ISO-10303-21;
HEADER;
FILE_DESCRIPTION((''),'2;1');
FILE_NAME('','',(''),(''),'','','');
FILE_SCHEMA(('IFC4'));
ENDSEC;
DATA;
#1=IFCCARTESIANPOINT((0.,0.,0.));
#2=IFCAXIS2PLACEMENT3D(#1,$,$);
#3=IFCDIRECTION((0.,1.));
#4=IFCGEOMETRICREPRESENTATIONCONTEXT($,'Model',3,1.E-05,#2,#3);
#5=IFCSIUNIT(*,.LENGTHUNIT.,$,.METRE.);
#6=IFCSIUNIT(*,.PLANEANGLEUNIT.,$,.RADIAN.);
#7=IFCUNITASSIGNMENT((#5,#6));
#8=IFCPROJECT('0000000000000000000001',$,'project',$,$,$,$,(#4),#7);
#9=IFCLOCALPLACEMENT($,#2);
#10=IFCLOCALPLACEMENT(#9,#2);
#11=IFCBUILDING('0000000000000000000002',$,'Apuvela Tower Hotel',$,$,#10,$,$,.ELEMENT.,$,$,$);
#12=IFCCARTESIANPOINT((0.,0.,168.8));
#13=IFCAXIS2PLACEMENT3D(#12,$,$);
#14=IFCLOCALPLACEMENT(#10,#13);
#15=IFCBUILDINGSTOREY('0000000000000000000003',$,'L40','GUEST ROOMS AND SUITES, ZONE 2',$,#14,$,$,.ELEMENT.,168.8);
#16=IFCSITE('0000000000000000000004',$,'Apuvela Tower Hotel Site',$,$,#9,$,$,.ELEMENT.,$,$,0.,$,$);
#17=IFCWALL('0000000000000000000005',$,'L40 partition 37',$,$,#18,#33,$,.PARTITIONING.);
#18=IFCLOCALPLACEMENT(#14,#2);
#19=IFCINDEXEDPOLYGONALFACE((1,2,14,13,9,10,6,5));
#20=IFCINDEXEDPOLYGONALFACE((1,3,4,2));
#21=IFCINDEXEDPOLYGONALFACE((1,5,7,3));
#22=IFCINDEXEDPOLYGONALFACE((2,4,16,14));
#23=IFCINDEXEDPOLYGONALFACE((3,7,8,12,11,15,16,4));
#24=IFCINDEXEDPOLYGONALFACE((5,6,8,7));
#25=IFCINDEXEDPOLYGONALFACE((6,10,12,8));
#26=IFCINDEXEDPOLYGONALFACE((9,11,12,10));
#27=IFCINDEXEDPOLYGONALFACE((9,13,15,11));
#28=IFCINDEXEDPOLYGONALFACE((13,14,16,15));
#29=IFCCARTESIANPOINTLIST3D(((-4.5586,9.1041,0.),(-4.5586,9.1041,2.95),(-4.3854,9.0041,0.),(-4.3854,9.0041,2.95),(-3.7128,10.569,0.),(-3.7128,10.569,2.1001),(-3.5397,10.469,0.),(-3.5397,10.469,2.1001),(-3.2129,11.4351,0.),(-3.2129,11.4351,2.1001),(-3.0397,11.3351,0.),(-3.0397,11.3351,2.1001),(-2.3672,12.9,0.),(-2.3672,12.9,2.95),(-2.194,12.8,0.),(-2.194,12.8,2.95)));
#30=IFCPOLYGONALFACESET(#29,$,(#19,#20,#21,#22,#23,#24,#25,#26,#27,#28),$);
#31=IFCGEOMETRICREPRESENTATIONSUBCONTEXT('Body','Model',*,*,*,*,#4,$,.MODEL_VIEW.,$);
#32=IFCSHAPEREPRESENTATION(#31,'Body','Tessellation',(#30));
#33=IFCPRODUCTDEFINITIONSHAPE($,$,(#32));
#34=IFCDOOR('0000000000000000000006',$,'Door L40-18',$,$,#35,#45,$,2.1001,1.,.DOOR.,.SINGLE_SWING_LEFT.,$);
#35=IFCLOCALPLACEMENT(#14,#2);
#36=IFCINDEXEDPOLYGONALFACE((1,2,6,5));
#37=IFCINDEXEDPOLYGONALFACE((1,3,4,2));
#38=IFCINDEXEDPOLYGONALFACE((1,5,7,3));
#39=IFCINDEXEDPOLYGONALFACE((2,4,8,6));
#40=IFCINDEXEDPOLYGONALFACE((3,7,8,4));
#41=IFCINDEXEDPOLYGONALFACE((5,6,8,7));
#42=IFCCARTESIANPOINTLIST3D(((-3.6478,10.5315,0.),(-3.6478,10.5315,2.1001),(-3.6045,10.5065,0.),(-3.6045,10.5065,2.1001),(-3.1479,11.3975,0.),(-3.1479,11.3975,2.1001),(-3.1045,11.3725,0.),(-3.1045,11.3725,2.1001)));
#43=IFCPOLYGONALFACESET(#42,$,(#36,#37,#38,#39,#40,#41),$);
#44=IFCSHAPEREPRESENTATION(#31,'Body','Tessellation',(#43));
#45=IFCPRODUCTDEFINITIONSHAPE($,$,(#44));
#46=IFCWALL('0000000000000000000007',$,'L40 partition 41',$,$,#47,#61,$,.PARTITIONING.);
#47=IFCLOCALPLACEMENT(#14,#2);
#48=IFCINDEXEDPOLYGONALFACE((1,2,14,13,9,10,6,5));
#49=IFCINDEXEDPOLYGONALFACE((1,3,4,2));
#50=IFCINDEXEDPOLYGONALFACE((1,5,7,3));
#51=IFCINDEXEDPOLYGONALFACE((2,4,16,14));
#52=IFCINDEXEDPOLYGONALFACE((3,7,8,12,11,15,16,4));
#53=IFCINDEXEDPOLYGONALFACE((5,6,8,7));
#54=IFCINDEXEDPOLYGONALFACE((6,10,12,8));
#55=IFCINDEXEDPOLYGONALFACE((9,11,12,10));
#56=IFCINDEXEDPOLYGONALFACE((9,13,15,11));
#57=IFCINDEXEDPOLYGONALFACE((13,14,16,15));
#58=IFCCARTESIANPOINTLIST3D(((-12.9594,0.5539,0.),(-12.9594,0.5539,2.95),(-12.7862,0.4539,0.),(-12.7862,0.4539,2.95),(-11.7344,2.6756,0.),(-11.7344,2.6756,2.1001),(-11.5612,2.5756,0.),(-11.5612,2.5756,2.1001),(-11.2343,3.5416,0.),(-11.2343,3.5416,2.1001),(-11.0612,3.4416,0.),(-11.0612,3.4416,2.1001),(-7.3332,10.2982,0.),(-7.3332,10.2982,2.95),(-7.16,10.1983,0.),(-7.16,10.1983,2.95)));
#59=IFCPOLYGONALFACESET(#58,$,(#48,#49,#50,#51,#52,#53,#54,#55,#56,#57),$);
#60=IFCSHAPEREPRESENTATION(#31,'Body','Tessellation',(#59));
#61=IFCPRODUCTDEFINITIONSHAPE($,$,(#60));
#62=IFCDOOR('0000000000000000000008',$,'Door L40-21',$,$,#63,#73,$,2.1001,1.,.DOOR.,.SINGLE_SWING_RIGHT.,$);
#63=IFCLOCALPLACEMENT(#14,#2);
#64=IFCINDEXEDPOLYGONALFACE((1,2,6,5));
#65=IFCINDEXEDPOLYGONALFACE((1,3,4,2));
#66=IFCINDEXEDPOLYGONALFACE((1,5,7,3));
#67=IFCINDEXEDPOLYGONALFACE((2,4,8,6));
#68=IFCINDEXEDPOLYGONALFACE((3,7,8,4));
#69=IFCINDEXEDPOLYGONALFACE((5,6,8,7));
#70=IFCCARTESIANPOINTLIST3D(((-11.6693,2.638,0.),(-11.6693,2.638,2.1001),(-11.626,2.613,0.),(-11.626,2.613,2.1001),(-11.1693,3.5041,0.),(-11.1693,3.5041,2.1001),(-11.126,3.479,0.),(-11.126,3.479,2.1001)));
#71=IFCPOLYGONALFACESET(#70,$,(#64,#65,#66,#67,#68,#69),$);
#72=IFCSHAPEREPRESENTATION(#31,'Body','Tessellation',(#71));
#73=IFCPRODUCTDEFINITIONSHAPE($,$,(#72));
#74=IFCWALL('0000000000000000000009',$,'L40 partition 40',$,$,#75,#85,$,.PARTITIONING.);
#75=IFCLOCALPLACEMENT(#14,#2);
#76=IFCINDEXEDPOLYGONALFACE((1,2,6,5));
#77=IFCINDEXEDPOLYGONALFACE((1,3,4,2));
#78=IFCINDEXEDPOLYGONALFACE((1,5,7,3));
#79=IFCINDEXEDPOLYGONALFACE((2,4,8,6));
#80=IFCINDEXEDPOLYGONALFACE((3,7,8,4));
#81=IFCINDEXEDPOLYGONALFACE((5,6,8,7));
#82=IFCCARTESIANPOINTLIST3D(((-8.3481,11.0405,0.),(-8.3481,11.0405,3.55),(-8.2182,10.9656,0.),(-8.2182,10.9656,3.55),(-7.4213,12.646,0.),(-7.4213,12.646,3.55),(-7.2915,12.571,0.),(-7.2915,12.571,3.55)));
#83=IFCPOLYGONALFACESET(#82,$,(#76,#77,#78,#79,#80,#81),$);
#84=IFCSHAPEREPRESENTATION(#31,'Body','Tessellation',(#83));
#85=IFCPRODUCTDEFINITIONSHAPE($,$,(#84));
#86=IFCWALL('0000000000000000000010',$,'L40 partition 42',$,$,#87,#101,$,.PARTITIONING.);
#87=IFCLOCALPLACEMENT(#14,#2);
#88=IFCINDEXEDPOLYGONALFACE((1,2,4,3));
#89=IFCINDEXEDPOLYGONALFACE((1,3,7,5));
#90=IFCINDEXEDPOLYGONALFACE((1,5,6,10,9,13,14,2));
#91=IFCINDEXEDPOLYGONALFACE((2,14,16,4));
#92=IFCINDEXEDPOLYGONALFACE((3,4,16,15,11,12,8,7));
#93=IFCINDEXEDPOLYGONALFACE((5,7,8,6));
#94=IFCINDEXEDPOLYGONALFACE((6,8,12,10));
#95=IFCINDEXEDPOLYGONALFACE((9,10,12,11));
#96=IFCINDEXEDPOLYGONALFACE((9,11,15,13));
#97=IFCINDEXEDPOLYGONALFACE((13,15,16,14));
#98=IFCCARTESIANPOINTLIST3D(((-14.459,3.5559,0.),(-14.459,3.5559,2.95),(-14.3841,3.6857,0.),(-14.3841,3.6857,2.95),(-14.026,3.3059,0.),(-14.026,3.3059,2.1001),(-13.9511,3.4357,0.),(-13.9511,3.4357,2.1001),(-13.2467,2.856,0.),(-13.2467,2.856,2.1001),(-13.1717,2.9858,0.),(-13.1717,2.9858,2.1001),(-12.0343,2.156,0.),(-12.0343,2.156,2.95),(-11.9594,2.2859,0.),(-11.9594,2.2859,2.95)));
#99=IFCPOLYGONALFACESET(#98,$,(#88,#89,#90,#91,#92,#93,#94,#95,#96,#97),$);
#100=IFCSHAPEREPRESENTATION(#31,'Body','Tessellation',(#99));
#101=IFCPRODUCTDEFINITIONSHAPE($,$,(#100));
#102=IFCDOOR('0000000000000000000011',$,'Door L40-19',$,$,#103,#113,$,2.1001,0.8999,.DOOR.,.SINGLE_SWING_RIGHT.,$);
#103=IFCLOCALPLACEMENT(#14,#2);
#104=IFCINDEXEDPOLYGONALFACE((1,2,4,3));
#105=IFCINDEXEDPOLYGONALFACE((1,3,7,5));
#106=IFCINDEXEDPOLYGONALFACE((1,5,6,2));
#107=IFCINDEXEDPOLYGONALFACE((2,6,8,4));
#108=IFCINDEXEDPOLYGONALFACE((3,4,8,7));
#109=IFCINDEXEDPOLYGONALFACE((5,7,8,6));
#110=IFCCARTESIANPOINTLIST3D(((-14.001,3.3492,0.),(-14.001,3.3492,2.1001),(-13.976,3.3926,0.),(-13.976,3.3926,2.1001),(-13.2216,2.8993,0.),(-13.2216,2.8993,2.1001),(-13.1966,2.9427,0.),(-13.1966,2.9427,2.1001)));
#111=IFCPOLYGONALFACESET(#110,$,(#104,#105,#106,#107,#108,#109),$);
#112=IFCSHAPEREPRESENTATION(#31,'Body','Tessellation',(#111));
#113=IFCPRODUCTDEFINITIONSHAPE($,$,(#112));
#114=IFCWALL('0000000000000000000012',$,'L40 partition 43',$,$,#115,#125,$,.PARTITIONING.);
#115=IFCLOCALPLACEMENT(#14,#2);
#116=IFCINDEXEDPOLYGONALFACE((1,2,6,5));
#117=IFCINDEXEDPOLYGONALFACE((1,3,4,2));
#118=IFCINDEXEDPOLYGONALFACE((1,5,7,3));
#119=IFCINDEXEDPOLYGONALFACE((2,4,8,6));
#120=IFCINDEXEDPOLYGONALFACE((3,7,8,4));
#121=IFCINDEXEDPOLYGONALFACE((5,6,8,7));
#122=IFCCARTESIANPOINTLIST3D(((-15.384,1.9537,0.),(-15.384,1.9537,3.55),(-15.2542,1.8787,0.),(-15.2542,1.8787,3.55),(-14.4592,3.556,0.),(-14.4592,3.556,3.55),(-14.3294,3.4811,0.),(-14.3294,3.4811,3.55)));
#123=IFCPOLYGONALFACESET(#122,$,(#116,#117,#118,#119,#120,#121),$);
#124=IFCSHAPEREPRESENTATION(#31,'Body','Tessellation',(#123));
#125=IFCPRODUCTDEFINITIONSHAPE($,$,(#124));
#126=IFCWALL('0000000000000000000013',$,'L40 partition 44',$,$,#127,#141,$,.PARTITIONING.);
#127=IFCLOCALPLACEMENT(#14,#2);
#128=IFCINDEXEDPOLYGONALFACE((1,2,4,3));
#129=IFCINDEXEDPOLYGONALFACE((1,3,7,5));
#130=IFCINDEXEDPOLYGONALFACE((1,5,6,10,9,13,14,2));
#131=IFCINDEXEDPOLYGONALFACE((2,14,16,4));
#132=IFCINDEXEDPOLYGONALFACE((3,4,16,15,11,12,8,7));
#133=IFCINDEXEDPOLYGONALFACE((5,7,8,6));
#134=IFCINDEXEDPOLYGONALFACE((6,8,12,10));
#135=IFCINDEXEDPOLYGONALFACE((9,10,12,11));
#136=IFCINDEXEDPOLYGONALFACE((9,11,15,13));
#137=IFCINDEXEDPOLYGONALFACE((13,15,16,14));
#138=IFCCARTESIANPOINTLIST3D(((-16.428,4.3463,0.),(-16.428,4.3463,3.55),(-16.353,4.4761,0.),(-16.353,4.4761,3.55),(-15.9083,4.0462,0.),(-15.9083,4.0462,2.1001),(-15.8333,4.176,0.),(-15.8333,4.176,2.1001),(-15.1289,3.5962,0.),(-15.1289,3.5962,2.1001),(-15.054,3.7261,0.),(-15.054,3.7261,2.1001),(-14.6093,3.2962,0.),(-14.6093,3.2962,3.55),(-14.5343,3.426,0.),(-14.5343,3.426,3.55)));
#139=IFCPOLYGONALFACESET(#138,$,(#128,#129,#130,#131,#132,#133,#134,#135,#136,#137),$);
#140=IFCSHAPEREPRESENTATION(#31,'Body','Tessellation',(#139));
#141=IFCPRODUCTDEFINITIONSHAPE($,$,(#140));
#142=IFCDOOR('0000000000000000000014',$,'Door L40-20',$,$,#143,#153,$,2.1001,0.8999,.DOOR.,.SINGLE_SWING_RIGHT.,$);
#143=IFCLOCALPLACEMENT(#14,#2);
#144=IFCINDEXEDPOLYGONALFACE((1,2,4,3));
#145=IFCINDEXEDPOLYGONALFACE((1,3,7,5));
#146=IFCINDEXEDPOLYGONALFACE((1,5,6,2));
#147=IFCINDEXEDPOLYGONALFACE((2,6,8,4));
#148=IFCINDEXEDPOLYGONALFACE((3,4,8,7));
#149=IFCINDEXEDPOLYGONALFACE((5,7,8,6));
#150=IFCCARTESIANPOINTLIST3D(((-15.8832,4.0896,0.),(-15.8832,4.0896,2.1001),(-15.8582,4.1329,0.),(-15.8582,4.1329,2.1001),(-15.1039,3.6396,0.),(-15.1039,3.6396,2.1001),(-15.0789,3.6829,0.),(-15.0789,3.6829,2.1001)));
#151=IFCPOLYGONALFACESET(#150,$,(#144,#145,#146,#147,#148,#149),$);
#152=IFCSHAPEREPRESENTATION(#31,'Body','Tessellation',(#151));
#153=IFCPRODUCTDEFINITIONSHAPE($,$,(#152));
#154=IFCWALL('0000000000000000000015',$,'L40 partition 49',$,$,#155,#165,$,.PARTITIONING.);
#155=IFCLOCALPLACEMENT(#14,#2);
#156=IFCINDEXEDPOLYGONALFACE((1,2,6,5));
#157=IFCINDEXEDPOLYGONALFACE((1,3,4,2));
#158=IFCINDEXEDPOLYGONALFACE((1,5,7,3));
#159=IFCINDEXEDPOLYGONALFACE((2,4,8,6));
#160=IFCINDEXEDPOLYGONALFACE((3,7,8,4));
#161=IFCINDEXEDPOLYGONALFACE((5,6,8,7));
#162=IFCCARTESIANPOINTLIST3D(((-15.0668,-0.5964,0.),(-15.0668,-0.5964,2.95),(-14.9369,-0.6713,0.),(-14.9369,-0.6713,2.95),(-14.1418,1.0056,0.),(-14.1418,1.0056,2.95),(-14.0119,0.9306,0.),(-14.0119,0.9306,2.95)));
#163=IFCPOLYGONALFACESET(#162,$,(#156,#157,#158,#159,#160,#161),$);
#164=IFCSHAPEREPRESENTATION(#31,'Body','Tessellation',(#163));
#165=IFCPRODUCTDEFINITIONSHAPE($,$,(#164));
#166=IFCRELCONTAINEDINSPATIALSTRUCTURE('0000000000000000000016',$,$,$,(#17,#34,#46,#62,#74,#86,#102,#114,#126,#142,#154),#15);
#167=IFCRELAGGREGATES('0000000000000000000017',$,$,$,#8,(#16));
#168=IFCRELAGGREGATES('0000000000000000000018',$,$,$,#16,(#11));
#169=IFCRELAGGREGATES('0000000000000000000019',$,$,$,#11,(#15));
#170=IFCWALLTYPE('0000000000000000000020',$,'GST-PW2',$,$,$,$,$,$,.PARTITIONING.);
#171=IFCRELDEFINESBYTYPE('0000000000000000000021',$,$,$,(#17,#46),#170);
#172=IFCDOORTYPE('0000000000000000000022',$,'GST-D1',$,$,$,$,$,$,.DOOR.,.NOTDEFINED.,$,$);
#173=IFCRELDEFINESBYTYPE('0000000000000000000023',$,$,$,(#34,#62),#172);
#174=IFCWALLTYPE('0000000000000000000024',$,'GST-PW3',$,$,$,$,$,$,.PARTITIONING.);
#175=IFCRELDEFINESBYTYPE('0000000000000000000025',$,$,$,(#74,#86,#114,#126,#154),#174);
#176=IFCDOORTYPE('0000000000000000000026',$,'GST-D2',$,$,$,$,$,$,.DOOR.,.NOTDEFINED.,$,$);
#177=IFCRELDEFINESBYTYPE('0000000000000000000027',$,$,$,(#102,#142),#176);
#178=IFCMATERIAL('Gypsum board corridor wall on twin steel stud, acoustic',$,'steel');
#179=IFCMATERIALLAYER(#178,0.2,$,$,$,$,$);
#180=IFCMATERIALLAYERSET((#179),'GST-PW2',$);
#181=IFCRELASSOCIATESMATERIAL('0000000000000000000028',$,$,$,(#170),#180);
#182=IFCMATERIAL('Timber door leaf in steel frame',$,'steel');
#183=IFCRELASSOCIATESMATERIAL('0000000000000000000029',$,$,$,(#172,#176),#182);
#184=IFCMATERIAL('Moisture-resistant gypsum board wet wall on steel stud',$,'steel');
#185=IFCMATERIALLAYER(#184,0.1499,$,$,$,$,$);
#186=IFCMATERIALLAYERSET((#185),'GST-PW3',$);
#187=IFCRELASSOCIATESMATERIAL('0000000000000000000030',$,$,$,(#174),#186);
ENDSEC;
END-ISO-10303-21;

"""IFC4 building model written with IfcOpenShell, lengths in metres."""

from ifc_helpers import new_model, si_unit, direction, frame, frame_2d, origin, place, context, subcontext, project, spatial, rectangle, extrude, material, layer, layer_set, type_object, element, fill, save


model = new_model("IFC4")

# Units and contexts
model_context = context("Model", 3, precision=1e-05, world=origin(), true_north=direction((0.0, 1.0)))
body_context = subcontext(model_context, "Body", "Model", "MODEL_VIEW")
ifc_project = project(units=[si_unit("LENGTHUNIT", "METRE"), si_unit("PLANEANGLEUNIT", "RADIAN")], contexts=[model_context])

# Site, building, storey
site_placement = place(None, origin())
site = spatial("IfcSite", under=ifc_project, at=site_placement, Name="Apuvela Tower Hotel Site", CompositionType="ELEMENT", RefElevation=0.0)
building_placement = place(site_placement, origin())
building = spatial("IfcBuilding", under=site, at=building_placement, Name="Apuvela Tower Hotel", CompositionType="ELEMENT")
storey_placement = place(building_placement, frame((0.0, 0.0, 168.8)))
storey = spatial("IfcBuildingStorey", under=building, at=storey_placement, Name="L40", Description="GUEST ROOMS AND SUITES, ZONE 2", CompositionType="ELEMENT", Elevation=168.8)

# Walls, openings, doors
ifc_material_1 = material(Name="Gypsum board corridor wall on twin steel stud, acoustic", Category="steel")
ifc_layer_1 = layer(ifc_material_1, 0.2)
ifc_layer_set_1 = layer_set([ifc_layer_1], Name="GST-PW2")
wall_type_1 = type_object("IfcWallType", Name="GST-PW2", PredefinedType="PARTITIONING", material=ifc_layer_set_1)
wall_1_placement = place(storey_placement, frame((-4.4719, 9.0542, 0.0), z_axis=(0.0, 0.0, 1.0), x_axis=(0.499973, 0.866041, 0.0)))
wall_1 = element("IfcWall", 1, at=wall_1_placement, inside=storey, type_object=wall_type_1, Name="L40 partition 37", PredefinedType="PARTITIONING", context=body_context, shape_type="SweptSolid", body=[
    extrude(rectangle(XDim=4.3831, YDim=0.2, at=frame_2d((2.1914, 0.0))), origin(), (0.0, 0.0, 1.0), 2.95),
])
opening_1_placement = place(wall_1_placement, frame((1.6914, 0.0, 0.0)))
opening_1 = element("IfcOpeningElement", 2, at=opening_1_placement, cuts=wall_1, PredefinedType="OPENING", context=body_context, shape_type="SweptSolid", body=[
    extrude(rectangle(XDim=1.0, YDim=2.1001, at=frame_2d((0.5, 1.05))), frame((0.0, 0.1099, 0.0), z_axis=(0.0, -1.0, 0.0), x_axis=(1.0, 0.0, 0.0)), (0.0, 0.0, 1.0), 0.22),
])
ifc_material_2 = material(Name="Timber door leaf in steel frame", Category="steel")
door_type_1 = type_object("IfcDoorType", Name="GST-D1", OperationType="NOTDEFINED", PredefinedType="DOOR", material=ifc_material_2)
door_1_placement = place(opening_1_placement, origin())
door_1 = element("IfcDoor", 3, at=door_1_placement, inside=storey, type_object=door_type_1, Name="Door L40-18", OperationType="SINGLE_SWING_LEFT", OverallHeight=2.1001, OverallWidth=1.0, PredefinedType="DOOR", context=body_context, shape_type="SweptSolid", body=[
    extrude(rectangle(XDim=1.0, YDim=2.1001, at=frame_2d((0.5, 1.05))), frame((0.0, 0.0249, 0.0), z_axis=(0.0, -1.0, 0.0), x_axis=(1.0, 0.0, 0.0)), (0.0, 0.0, 1.0), 0.05),
])
fill(opening_1, door_1)
wall_2_placement = place(storey_placement, frame((-12.8728, 0.5039, 0.0), z_axis=(0.0, 0.0, 1.0), x_axis=(0.50002, 0.866014, 0.0)))
wall_2 = element("IfcWall", 4, at=wall_2_placement, inside=storey, type_object=wall_type_1, Name="L40 partition 41", PredefinedType="PARTITIONING", context=body_context, shape_type="SweptSolid", body=[
    extrude(rectangle(XDim=11.252, YDim=0.2, at=frame_2d((5.626, 0.0))), origin(), (0.0, 0.0, 1.0), 2.95),
])
opening_2_placement = place(wall_2_placement, frame((2.45, 0.0, 0.0)))
opening_2 = element("IfcOpeningElement", 5, at=opening_2_placement, cuts=wall_2, PredefinedType="OPENING", context=body_context, shape_type="SweptSolid", body=[
    extrude(rectangle(XDim=1.0, YDim=2.1001, at=frame_2d((0.5, 1.05))), frame((0.0, 0.1099, 0.0), z_axis=(0.0, -1.0, 0.0), x_axis=(1.0, 0.0, 0.0)), (0.0, 0.0, 1.0), 0.22),
])
door_2_placement = place(opening_2_placement, origin())
door_2 = element("IfcDoor", 6, at=door_2_placement, inside=storey, type_object=door_type_1, Name="Door L40-21", OperationType="SINGLE_SWING_RIGHT", OverallHeight=2.1001, OverallWidth=1.0, PredefinedType="DOOR", context=body_context, shape_type="SweptSolid", body=[
    extrude(rectangle(XDim=1.0, YDim=2.1001, at=frame_2d((0.5, 1.05))), frame((0.0, 0.0249, 0.0), z_axis=(0.0, -1.0, 0.0), x_axis=(1.0, 0.0, 0.0)), (0.0, 0.0, 1.0), 0.05),
])
fill(opening_2, door_2)

# Wall
ifc_material_3 = material(Name="Moisture-resistant gypsum board wet wall on steel stud", Category="steel")
ifc_layer_2 = layer(ifc_material_3, 0.1499)
ifc_layer_set_2 = layer_set([ifc_layer_2], Name="GST-PW3")
wall_type_2 = type_object("IfcWallType", Name="GST-PW3", PredefinedType="PARTITIONING", material=ifc_layer_set_2)
wall_3_placement = place(storey_placement, frame((-7.3564, 12.6084, 0.0), z_axis=(0.0, 0.0, 1.0), x_axis=(-0.499935, -0.866063, 0.0)))
element("IfcWall", 7, at=wall_3_placement, inside=storey, type_object=wall_type_2, Name="L40 partition 40", PredefinedType="PARTITIONING", context=body_context, shape_type="SweptSolid", body=[
    extrude(rectangle(XDim=1.8538, YDim=0.1499, at=frame_2d((0.9268, 0.0))), origin(), (0.0, 0.0, 1.0), 3.55),
])

# Wall, opening, door
wall_4_placement = place(storey_placement, frame((-11.9968, 2.2209, 0.0), z_axis=(0.0, 0.0, 1.0), x_axis=(-0.866035, 0.499984, 0.0)))
wall_4 = element("IfcWall", 8, at=wall_4_placement, inside=storey, type_object=wall_type_2, Name="L40 partition 42", PredefinedType="PARTITIONING", context=body_context, shape_type="SweptSolid", body=[
    extrude(rectangle(XDim=2.7998, YDim=0.1499, at=frame_2d((1.3999, 0.0))), origin(), (0.0, 0.0, 1.0), 2.95),
])
opening_3_placement = place(wall_4_placement, frame((1.3999, 0.0, 0.0)))
opening_3 = element("IfcOpeningElement", 9, at=opening_3_placement, cuts=wall_4, PredefinedType="OPENING", context=body_context, shape_type="SweptSolid", body=[
    extrude(rectangle(XDim=0.8999, YDim=2.1001, at=frame_2d((0.45, 1.05))), frame((0.0, 0.085, 0.0), z_axis=(0.0, -1.0, 0.0), x_axis=(1.0, 0.0, 0.0)), (0.0, 0.0, 1.0), 0.1699),
])
door_type_2 = type_object("IfcDoorType", Name="GST-D2", OperationType="NOTDEFINED", PredefinedType="DOOR", material=ifc_material_2)
door_3_placement = place(opening_3_placement, origin())
door_3 = element("IfcDoor", 10, at=door_3_placement, inside=storey, type_object=door_type_2, Name="Door L40-19", OperationType="SINGLE_SWING_RIGHT", OverallHeight=2.1001, OverallWidth=0.8999, PredefinedType="DOOR", context=body_context, shape_type="SweptSolid", body=[
    extrude(rectangle(XDim=0.8999, YDim=2.1001, at=frame_2d((0.45, 1.05))), frame((0.0, 0.0249, 0.0), z_axis=(0.0, -1.0, 0.0), x_axis=(1.0, 0.0, 0.0)), (0.0, 0.0, 1.0), 0.05),
])
fill(opening_3, door_3)

# Wall
wall_5_placement = place(storey_placement, frame((-14.3943, 3.5186, 0.0), z_axis=(0.0, 0.0, 1.0), x_axis=(-0.499886, -0.866091, 0.0)))
element("IfcWall", 11, at=wall_5_placement, inside=storey, type_object=wall_type_2, Name="L40 partition 43", PredefinedType="PARTITIONING", context=body_context, shape_type="SweptSolid", body=[
    extrude(rectangle(XDim=1.8501, YDim=0.1499, at=frame_2d((0.925, 0.0))), origin(), (0.0, 0.0, 1.0), 3.55),
])

# Wall, opening, door
wall_6_placement = place(storey_placement, frame((-14.5718, 3.3611, 0.0), z_axis=(0.0, 0.0, 1.0), x_axis=(-0.866009, 0.500028, 0.0)))
wall_6 = element("IfcWall", 12, at=wall_6_placement, inside=storey, type_object=wall_type_2, Name="L40 partition 44", PredefinedType="PARTITIONING", context=body_context, shape_type="SweptSolid", body=[
    extrude(rectangle(XDim=2.1001, YDim=0.1499, at=frame_2d((1.05, 0.0))), origin(), (0.0, 0.0, 1.0), 3.55),
])
opening_4_placement = place(wall_6_placement, frame((0.6001, 0.0, 0.0)))
opening_4 = element("IfcOpeningElement", 13, at=opening_4_placement, cuts=wall_6, PredefinedType="OPENING", context=body_context, shape_type="SweptSolid", body=[
    extrude(rectangle(XDim=0.8999, YDim=2.1001, at=frame_2d((0.45, 1.05))), frame((0.0, 0.085, 0.0), z_axis=(0.0, -1.0, 0.0), x_axis=(1.0, 0.0, 0.0)), (0.0, 0.0, 1.0), 0.1699),
])
door_4_placement = place(opening_4_placement, origin())
door_4 = element("IfcDoor", 14, at=door_4_placement, inside=storey, type_object=door_type_2, Name="Door L40-20", OperationType="SINGLE_SWING_RIGHT", OverallHeight=2.1001, OverallWidth=0.8999, PredefinedType="DOOR", context=body_context, shape_type="SweptSolid", body=[
    extrude(rectangle(XDim=0.8999, YDim=2.1001, at=frame_2d((0.45, 1.05))), frame((0.0, 0.0249, 0.0), z_axis=(0.0, -1.0, 0.0), x_axis=(1.0, 0.0, 0.0)), (0.0, 0.0, 1.0), 0.05),
])
fill(opening_4, door_4)

# Wall
wall_7_placement = place(storey_placement, frame((-14.0769, 0.968, 0.0), z_axis=(0.0, 0.0, 1.0), x_axis=(-0.500042, -0.866001, 0.0)))
element("IfcWall", 15, at=wall_7_placement, inside=storey, type_object=wall_type_2, Name="L40 partition 49", PredefinedType="PARTITIONING", context=body_context, shape_type="SweptSolid", body=[
    extrude(rectangle(XDim=1.8499, YDim=0.1499, at=frame_2d((0.9248, 0.0))), origin(), (0.0, 0.0, 1.0), 2.95),
])

save(model, "model.ifc")
